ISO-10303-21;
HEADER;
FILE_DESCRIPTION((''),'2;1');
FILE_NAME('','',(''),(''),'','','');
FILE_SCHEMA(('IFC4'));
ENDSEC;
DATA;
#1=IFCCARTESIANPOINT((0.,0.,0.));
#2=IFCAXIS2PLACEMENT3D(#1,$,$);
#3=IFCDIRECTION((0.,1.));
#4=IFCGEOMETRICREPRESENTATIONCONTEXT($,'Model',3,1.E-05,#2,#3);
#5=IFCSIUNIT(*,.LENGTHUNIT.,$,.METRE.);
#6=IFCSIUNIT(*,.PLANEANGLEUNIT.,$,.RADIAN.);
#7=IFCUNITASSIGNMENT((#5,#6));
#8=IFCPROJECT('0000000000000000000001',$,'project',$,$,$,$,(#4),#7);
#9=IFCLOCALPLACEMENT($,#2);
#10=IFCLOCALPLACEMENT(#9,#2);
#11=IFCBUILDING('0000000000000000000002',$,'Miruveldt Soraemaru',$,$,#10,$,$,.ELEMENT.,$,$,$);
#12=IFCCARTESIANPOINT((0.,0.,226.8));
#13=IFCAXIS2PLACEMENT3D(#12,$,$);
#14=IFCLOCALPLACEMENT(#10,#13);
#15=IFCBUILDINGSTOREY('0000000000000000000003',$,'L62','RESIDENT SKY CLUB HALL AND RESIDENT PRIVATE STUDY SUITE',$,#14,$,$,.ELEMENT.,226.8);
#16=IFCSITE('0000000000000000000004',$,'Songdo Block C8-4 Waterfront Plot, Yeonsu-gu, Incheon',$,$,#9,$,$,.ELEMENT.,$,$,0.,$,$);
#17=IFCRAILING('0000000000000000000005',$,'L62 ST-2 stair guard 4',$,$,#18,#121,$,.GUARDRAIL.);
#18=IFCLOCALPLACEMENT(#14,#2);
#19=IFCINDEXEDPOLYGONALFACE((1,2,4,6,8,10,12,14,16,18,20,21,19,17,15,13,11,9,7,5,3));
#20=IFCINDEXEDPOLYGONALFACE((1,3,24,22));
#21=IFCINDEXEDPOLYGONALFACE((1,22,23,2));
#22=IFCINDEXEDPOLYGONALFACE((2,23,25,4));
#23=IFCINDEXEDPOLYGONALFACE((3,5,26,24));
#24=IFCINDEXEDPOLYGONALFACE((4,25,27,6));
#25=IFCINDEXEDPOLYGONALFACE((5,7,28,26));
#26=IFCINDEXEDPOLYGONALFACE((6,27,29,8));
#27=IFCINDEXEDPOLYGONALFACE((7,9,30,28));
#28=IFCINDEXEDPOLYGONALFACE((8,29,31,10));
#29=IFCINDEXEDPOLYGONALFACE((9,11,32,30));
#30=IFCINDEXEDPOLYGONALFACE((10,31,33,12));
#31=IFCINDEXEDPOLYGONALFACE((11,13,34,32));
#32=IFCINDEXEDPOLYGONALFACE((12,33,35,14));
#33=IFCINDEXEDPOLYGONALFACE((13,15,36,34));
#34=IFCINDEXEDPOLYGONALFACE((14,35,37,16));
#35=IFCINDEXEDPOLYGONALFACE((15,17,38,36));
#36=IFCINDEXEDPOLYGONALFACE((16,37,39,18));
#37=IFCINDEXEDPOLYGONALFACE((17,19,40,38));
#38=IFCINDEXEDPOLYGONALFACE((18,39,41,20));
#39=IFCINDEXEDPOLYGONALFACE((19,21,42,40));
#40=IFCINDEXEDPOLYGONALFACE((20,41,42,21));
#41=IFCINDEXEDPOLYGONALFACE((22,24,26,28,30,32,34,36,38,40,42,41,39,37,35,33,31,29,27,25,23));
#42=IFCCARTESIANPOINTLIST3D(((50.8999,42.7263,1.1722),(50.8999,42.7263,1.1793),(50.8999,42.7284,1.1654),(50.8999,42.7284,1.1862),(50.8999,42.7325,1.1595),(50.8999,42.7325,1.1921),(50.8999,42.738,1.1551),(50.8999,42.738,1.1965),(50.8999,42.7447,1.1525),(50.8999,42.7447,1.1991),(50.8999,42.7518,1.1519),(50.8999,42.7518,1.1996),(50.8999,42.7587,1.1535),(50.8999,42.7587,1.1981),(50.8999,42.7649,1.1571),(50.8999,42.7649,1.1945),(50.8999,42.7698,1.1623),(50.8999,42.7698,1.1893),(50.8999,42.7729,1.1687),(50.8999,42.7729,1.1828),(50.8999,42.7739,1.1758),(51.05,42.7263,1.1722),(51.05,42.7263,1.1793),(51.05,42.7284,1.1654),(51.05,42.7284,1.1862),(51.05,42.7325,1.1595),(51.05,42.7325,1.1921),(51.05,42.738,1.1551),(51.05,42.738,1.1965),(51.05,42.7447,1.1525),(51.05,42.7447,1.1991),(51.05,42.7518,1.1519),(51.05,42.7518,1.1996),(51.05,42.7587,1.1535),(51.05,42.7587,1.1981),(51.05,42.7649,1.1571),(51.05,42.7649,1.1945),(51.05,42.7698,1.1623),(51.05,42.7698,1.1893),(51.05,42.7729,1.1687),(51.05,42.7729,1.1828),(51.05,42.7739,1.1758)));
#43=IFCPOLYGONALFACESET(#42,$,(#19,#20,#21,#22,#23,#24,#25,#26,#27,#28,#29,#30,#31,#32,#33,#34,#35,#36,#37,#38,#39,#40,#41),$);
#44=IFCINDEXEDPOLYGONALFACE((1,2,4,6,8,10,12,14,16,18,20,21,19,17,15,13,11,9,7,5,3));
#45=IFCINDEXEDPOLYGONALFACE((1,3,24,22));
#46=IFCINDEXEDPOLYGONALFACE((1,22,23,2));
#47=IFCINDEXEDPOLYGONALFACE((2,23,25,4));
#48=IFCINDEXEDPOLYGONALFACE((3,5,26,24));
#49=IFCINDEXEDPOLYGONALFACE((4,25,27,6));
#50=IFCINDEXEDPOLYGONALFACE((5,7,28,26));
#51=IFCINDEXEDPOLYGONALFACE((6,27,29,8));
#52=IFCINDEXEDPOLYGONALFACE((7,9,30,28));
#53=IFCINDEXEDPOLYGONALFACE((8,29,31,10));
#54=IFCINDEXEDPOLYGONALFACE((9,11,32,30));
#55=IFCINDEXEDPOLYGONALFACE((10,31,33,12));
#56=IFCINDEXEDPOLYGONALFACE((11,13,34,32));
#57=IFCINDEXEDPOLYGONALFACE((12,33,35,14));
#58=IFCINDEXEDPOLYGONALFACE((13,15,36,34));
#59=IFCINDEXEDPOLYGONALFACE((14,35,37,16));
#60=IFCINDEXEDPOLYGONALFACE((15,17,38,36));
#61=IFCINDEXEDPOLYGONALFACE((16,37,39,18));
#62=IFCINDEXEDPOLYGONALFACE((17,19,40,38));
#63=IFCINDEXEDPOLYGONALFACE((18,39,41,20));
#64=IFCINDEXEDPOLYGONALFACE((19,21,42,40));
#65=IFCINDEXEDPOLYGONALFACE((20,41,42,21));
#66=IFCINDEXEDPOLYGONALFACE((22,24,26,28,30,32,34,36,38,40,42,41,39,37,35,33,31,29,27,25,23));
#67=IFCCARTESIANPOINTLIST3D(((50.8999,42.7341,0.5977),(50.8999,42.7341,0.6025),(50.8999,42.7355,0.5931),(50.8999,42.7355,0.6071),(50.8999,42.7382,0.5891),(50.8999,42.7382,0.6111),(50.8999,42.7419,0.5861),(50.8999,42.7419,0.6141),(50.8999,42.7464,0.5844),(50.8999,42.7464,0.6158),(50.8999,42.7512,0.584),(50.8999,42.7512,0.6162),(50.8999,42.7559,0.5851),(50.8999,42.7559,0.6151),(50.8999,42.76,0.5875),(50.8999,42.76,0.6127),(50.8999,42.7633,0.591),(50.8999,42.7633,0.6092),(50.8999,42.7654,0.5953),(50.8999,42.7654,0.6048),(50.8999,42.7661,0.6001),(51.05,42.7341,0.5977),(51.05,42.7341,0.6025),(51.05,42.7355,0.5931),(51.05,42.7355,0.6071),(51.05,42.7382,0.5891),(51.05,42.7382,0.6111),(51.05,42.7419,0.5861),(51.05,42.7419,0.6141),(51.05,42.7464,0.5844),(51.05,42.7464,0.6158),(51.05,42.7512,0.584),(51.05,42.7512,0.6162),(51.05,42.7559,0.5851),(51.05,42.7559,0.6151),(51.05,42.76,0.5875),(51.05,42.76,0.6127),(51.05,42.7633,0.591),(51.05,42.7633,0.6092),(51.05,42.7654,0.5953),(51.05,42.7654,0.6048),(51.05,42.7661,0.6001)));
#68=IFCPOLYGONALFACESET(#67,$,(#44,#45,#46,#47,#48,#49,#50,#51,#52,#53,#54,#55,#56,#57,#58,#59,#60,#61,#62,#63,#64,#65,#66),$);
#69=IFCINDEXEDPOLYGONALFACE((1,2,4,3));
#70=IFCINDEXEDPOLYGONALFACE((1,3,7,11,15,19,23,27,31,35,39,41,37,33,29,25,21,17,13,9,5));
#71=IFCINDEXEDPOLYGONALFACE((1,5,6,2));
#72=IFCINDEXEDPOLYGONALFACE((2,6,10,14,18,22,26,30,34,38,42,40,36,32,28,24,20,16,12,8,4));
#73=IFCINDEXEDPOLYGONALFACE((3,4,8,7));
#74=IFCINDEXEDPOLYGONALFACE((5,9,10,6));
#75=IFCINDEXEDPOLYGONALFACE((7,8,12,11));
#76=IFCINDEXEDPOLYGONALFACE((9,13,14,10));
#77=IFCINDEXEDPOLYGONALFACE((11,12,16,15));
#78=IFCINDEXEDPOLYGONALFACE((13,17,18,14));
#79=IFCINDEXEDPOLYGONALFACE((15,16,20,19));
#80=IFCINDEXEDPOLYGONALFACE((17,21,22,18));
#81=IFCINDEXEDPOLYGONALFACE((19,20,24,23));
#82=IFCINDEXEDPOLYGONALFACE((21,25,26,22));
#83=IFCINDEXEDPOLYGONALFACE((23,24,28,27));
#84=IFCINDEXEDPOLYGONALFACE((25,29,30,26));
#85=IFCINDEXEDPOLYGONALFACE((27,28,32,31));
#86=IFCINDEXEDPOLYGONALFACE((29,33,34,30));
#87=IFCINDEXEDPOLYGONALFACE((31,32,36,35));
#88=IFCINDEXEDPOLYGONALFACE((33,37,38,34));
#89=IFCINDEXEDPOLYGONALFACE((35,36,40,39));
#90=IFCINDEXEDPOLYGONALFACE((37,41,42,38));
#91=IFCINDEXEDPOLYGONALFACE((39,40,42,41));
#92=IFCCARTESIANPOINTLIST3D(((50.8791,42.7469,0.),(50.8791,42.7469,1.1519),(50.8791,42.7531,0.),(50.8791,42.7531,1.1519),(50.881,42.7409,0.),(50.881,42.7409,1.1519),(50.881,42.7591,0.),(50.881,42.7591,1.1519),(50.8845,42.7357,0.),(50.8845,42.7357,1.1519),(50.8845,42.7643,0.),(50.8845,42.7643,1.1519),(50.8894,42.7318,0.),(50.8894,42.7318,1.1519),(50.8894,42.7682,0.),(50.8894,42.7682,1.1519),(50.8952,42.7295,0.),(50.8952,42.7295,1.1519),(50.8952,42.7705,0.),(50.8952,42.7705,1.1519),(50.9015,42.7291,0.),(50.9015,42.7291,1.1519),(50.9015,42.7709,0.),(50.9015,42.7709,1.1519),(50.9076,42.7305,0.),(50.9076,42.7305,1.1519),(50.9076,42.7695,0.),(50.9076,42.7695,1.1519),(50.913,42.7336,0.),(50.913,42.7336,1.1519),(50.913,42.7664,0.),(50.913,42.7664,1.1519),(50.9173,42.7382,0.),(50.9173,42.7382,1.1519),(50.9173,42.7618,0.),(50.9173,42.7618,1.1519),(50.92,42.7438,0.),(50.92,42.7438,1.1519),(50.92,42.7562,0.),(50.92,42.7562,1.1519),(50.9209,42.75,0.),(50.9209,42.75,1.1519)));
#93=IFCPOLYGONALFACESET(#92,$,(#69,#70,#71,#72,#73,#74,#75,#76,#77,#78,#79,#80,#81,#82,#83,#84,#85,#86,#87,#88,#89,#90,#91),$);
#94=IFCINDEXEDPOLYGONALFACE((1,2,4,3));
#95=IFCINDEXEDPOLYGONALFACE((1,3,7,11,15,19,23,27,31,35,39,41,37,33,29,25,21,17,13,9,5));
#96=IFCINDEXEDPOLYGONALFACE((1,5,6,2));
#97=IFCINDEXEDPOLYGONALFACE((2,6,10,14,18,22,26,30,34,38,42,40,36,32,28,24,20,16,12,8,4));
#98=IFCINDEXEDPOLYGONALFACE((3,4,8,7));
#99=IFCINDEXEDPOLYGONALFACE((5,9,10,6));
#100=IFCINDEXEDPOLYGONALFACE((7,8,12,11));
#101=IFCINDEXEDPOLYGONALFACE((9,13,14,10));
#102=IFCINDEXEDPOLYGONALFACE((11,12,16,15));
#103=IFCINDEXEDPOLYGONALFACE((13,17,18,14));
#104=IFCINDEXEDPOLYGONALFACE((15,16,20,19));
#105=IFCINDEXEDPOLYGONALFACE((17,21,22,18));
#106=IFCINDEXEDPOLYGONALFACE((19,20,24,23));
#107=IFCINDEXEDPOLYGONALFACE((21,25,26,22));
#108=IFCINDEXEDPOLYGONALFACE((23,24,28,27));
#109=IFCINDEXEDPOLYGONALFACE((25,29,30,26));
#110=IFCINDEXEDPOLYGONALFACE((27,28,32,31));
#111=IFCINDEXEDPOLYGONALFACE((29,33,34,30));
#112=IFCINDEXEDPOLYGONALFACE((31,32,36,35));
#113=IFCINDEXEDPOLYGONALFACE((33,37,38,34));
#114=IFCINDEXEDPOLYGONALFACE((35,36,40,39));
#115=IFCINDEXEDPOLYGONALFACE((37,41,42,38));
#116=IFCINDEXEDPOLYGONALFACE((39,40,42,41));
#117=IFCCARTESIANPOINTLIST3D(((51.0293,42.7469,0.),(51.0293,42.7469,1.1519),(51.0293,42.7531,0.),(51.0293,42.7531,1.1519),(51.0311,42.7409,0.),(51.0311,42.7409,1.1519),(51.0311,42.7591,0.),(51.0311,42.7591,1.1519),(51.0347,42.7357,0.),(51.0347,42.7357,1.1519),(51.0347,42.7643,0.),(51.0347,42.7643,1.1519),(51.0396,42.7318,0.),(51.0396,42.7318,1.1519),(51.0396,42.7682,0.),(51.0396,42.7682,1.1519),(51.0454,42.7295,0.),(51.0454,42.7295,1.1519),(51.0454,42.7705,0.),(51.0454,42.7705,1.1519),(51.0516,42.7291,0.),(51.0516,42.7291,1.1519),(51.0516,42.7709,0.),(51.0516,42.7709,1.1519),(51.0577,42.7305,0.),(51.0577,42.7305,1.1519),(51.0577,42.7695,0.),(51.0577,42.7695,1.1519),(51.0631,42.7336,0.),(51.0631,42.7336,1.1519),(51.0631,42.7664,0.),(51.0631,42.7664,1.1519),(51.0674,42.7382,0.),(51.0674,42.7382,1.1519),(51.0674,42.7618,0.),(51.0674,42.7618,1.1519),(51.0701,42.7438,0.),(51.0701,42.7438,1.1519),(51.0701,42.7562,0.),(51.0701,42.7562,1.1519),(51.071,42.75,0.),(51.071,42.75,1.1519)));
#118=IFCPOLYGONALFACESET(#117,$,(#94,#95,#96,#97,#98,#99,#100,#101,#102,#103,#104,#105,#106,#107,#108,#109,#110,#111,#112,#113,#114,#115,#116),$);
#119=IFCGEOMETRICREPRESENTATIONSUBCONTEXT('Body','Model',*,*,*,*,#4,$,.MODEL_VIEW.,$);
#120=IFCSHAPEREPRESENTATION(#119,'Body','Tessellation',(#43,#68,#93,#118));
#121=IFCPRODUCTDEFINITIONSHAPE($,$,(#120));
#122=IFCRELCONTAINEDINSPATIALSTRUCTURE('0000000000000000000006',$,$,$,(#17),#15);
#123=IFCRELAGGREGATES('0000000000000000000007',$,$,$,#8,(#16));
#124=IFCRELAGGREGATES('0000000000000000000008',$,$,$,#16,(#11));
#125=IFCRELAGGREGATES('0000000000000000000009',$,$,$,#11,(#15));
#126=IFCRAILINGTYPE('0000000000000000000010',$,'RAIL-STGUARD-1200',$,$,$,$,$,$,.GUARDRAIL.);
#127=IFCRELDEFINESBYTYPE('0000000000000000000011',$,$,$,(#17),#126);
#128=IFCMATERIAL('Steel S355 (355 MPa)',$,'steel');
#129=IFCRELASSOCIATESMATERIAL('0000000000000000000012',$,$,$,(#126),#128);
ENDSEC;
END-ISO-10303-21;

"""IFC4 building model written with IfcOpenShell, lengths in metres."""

from ifc_helpers import new_model, si_unit, direction, frame, origin, origin_2d, place, context, subcontext, project, spatial, circle, extrude, material, type_object, element, save


model = new_model("IFC4")

# Units and contexts
model_context = context("Model", 3, precision=1e-05, world=origin(), true_north=direction((0.0, 1.0)))
body_context = subcontext(model_context, "Body", "Model", "MODEL_VIEW")
ifc_project = project(units=[si_unit("LENGTHUNIT", "METRE"), si_unit("PLANEANGLEUNIT", "RADIAN")], contexts=[model_context])

# Site, building, storey
site_placement = place(None, origin())
site = spatial("IfcSite", under=ifc_project, at=site_placement, Name="Songdo Block C8-4 Waterfront Plot, Yeonsu-gu, Incheon", CompositionType="ELEMENT", RefElevation=0.0)
building_placement = place(site_placement, origin())
building = spatial("IfcBuilding", under=site, at=building_placement, Name="Miruveldt Soraemaru", CompositionType="ELEMENT")
storey_placement = place(building_placement, frame((0.0, 0.0, 226.8)))
storey = spatial("IfcBuildingStorey", under=building, at=storey_placement, Name="L62", Description="RESIDENT SKY CLUB HALL AND RESIDENT PRIVATE STUDY SUITE", CompositionType="ELEMENT", Elevation=226.8)

# Railing
ifc_material_1 = material(Name="Steel S355 (355 MPa)", Category="steel")
railing_type_1 = type_object("IfcRailingType", Name="RAIL-STGUARD-1200", PredefinedType="GUARDRAIL", material=ifc_material_1)
railing_1_placement = place(storey_placement, frame((50.8999, 42.75, 0.0)))
element("IfcRailing", 1, at=railing_1_placement, inside=storey, type_object=railing_type_1, Name="L62 ST-2 stair guard 4", PredefinedType="GUARDRAIL", context=body_context, shape_type="SweptSolid", body=[
    extrude(circle(Radius=0.0239, at=origin_2d()), frame((0.0, 0.0, 1.1758), z_axis=(1.0, 0.0, 0.0), x_axis=(0.0, 1.0, 0.0)), (0.0, 0.0, 1.0), 0.1501),
    extrude(circle(Radius=0.0161, at=origin_2d()), frame((0.0, 0.0, 0.6001), z_axis=(1.0, 0.0, 0.0), x_axis=(0.0, 1.0, 0.0)), (0.0, 0.0, 1.0), 0.1501),
    extrude(circle(Radius=0.021, at=origin_2d()), origin(), (0.0, 0.0, 1.0), 1.1519),
    extrude(circle(Radius=0.021, at=origin_2d()), frame((0.1501, 0.0, 0.0)), (0.0, 0.0, 1.0), 1.1519),
])

save(model, "model.ifc")
